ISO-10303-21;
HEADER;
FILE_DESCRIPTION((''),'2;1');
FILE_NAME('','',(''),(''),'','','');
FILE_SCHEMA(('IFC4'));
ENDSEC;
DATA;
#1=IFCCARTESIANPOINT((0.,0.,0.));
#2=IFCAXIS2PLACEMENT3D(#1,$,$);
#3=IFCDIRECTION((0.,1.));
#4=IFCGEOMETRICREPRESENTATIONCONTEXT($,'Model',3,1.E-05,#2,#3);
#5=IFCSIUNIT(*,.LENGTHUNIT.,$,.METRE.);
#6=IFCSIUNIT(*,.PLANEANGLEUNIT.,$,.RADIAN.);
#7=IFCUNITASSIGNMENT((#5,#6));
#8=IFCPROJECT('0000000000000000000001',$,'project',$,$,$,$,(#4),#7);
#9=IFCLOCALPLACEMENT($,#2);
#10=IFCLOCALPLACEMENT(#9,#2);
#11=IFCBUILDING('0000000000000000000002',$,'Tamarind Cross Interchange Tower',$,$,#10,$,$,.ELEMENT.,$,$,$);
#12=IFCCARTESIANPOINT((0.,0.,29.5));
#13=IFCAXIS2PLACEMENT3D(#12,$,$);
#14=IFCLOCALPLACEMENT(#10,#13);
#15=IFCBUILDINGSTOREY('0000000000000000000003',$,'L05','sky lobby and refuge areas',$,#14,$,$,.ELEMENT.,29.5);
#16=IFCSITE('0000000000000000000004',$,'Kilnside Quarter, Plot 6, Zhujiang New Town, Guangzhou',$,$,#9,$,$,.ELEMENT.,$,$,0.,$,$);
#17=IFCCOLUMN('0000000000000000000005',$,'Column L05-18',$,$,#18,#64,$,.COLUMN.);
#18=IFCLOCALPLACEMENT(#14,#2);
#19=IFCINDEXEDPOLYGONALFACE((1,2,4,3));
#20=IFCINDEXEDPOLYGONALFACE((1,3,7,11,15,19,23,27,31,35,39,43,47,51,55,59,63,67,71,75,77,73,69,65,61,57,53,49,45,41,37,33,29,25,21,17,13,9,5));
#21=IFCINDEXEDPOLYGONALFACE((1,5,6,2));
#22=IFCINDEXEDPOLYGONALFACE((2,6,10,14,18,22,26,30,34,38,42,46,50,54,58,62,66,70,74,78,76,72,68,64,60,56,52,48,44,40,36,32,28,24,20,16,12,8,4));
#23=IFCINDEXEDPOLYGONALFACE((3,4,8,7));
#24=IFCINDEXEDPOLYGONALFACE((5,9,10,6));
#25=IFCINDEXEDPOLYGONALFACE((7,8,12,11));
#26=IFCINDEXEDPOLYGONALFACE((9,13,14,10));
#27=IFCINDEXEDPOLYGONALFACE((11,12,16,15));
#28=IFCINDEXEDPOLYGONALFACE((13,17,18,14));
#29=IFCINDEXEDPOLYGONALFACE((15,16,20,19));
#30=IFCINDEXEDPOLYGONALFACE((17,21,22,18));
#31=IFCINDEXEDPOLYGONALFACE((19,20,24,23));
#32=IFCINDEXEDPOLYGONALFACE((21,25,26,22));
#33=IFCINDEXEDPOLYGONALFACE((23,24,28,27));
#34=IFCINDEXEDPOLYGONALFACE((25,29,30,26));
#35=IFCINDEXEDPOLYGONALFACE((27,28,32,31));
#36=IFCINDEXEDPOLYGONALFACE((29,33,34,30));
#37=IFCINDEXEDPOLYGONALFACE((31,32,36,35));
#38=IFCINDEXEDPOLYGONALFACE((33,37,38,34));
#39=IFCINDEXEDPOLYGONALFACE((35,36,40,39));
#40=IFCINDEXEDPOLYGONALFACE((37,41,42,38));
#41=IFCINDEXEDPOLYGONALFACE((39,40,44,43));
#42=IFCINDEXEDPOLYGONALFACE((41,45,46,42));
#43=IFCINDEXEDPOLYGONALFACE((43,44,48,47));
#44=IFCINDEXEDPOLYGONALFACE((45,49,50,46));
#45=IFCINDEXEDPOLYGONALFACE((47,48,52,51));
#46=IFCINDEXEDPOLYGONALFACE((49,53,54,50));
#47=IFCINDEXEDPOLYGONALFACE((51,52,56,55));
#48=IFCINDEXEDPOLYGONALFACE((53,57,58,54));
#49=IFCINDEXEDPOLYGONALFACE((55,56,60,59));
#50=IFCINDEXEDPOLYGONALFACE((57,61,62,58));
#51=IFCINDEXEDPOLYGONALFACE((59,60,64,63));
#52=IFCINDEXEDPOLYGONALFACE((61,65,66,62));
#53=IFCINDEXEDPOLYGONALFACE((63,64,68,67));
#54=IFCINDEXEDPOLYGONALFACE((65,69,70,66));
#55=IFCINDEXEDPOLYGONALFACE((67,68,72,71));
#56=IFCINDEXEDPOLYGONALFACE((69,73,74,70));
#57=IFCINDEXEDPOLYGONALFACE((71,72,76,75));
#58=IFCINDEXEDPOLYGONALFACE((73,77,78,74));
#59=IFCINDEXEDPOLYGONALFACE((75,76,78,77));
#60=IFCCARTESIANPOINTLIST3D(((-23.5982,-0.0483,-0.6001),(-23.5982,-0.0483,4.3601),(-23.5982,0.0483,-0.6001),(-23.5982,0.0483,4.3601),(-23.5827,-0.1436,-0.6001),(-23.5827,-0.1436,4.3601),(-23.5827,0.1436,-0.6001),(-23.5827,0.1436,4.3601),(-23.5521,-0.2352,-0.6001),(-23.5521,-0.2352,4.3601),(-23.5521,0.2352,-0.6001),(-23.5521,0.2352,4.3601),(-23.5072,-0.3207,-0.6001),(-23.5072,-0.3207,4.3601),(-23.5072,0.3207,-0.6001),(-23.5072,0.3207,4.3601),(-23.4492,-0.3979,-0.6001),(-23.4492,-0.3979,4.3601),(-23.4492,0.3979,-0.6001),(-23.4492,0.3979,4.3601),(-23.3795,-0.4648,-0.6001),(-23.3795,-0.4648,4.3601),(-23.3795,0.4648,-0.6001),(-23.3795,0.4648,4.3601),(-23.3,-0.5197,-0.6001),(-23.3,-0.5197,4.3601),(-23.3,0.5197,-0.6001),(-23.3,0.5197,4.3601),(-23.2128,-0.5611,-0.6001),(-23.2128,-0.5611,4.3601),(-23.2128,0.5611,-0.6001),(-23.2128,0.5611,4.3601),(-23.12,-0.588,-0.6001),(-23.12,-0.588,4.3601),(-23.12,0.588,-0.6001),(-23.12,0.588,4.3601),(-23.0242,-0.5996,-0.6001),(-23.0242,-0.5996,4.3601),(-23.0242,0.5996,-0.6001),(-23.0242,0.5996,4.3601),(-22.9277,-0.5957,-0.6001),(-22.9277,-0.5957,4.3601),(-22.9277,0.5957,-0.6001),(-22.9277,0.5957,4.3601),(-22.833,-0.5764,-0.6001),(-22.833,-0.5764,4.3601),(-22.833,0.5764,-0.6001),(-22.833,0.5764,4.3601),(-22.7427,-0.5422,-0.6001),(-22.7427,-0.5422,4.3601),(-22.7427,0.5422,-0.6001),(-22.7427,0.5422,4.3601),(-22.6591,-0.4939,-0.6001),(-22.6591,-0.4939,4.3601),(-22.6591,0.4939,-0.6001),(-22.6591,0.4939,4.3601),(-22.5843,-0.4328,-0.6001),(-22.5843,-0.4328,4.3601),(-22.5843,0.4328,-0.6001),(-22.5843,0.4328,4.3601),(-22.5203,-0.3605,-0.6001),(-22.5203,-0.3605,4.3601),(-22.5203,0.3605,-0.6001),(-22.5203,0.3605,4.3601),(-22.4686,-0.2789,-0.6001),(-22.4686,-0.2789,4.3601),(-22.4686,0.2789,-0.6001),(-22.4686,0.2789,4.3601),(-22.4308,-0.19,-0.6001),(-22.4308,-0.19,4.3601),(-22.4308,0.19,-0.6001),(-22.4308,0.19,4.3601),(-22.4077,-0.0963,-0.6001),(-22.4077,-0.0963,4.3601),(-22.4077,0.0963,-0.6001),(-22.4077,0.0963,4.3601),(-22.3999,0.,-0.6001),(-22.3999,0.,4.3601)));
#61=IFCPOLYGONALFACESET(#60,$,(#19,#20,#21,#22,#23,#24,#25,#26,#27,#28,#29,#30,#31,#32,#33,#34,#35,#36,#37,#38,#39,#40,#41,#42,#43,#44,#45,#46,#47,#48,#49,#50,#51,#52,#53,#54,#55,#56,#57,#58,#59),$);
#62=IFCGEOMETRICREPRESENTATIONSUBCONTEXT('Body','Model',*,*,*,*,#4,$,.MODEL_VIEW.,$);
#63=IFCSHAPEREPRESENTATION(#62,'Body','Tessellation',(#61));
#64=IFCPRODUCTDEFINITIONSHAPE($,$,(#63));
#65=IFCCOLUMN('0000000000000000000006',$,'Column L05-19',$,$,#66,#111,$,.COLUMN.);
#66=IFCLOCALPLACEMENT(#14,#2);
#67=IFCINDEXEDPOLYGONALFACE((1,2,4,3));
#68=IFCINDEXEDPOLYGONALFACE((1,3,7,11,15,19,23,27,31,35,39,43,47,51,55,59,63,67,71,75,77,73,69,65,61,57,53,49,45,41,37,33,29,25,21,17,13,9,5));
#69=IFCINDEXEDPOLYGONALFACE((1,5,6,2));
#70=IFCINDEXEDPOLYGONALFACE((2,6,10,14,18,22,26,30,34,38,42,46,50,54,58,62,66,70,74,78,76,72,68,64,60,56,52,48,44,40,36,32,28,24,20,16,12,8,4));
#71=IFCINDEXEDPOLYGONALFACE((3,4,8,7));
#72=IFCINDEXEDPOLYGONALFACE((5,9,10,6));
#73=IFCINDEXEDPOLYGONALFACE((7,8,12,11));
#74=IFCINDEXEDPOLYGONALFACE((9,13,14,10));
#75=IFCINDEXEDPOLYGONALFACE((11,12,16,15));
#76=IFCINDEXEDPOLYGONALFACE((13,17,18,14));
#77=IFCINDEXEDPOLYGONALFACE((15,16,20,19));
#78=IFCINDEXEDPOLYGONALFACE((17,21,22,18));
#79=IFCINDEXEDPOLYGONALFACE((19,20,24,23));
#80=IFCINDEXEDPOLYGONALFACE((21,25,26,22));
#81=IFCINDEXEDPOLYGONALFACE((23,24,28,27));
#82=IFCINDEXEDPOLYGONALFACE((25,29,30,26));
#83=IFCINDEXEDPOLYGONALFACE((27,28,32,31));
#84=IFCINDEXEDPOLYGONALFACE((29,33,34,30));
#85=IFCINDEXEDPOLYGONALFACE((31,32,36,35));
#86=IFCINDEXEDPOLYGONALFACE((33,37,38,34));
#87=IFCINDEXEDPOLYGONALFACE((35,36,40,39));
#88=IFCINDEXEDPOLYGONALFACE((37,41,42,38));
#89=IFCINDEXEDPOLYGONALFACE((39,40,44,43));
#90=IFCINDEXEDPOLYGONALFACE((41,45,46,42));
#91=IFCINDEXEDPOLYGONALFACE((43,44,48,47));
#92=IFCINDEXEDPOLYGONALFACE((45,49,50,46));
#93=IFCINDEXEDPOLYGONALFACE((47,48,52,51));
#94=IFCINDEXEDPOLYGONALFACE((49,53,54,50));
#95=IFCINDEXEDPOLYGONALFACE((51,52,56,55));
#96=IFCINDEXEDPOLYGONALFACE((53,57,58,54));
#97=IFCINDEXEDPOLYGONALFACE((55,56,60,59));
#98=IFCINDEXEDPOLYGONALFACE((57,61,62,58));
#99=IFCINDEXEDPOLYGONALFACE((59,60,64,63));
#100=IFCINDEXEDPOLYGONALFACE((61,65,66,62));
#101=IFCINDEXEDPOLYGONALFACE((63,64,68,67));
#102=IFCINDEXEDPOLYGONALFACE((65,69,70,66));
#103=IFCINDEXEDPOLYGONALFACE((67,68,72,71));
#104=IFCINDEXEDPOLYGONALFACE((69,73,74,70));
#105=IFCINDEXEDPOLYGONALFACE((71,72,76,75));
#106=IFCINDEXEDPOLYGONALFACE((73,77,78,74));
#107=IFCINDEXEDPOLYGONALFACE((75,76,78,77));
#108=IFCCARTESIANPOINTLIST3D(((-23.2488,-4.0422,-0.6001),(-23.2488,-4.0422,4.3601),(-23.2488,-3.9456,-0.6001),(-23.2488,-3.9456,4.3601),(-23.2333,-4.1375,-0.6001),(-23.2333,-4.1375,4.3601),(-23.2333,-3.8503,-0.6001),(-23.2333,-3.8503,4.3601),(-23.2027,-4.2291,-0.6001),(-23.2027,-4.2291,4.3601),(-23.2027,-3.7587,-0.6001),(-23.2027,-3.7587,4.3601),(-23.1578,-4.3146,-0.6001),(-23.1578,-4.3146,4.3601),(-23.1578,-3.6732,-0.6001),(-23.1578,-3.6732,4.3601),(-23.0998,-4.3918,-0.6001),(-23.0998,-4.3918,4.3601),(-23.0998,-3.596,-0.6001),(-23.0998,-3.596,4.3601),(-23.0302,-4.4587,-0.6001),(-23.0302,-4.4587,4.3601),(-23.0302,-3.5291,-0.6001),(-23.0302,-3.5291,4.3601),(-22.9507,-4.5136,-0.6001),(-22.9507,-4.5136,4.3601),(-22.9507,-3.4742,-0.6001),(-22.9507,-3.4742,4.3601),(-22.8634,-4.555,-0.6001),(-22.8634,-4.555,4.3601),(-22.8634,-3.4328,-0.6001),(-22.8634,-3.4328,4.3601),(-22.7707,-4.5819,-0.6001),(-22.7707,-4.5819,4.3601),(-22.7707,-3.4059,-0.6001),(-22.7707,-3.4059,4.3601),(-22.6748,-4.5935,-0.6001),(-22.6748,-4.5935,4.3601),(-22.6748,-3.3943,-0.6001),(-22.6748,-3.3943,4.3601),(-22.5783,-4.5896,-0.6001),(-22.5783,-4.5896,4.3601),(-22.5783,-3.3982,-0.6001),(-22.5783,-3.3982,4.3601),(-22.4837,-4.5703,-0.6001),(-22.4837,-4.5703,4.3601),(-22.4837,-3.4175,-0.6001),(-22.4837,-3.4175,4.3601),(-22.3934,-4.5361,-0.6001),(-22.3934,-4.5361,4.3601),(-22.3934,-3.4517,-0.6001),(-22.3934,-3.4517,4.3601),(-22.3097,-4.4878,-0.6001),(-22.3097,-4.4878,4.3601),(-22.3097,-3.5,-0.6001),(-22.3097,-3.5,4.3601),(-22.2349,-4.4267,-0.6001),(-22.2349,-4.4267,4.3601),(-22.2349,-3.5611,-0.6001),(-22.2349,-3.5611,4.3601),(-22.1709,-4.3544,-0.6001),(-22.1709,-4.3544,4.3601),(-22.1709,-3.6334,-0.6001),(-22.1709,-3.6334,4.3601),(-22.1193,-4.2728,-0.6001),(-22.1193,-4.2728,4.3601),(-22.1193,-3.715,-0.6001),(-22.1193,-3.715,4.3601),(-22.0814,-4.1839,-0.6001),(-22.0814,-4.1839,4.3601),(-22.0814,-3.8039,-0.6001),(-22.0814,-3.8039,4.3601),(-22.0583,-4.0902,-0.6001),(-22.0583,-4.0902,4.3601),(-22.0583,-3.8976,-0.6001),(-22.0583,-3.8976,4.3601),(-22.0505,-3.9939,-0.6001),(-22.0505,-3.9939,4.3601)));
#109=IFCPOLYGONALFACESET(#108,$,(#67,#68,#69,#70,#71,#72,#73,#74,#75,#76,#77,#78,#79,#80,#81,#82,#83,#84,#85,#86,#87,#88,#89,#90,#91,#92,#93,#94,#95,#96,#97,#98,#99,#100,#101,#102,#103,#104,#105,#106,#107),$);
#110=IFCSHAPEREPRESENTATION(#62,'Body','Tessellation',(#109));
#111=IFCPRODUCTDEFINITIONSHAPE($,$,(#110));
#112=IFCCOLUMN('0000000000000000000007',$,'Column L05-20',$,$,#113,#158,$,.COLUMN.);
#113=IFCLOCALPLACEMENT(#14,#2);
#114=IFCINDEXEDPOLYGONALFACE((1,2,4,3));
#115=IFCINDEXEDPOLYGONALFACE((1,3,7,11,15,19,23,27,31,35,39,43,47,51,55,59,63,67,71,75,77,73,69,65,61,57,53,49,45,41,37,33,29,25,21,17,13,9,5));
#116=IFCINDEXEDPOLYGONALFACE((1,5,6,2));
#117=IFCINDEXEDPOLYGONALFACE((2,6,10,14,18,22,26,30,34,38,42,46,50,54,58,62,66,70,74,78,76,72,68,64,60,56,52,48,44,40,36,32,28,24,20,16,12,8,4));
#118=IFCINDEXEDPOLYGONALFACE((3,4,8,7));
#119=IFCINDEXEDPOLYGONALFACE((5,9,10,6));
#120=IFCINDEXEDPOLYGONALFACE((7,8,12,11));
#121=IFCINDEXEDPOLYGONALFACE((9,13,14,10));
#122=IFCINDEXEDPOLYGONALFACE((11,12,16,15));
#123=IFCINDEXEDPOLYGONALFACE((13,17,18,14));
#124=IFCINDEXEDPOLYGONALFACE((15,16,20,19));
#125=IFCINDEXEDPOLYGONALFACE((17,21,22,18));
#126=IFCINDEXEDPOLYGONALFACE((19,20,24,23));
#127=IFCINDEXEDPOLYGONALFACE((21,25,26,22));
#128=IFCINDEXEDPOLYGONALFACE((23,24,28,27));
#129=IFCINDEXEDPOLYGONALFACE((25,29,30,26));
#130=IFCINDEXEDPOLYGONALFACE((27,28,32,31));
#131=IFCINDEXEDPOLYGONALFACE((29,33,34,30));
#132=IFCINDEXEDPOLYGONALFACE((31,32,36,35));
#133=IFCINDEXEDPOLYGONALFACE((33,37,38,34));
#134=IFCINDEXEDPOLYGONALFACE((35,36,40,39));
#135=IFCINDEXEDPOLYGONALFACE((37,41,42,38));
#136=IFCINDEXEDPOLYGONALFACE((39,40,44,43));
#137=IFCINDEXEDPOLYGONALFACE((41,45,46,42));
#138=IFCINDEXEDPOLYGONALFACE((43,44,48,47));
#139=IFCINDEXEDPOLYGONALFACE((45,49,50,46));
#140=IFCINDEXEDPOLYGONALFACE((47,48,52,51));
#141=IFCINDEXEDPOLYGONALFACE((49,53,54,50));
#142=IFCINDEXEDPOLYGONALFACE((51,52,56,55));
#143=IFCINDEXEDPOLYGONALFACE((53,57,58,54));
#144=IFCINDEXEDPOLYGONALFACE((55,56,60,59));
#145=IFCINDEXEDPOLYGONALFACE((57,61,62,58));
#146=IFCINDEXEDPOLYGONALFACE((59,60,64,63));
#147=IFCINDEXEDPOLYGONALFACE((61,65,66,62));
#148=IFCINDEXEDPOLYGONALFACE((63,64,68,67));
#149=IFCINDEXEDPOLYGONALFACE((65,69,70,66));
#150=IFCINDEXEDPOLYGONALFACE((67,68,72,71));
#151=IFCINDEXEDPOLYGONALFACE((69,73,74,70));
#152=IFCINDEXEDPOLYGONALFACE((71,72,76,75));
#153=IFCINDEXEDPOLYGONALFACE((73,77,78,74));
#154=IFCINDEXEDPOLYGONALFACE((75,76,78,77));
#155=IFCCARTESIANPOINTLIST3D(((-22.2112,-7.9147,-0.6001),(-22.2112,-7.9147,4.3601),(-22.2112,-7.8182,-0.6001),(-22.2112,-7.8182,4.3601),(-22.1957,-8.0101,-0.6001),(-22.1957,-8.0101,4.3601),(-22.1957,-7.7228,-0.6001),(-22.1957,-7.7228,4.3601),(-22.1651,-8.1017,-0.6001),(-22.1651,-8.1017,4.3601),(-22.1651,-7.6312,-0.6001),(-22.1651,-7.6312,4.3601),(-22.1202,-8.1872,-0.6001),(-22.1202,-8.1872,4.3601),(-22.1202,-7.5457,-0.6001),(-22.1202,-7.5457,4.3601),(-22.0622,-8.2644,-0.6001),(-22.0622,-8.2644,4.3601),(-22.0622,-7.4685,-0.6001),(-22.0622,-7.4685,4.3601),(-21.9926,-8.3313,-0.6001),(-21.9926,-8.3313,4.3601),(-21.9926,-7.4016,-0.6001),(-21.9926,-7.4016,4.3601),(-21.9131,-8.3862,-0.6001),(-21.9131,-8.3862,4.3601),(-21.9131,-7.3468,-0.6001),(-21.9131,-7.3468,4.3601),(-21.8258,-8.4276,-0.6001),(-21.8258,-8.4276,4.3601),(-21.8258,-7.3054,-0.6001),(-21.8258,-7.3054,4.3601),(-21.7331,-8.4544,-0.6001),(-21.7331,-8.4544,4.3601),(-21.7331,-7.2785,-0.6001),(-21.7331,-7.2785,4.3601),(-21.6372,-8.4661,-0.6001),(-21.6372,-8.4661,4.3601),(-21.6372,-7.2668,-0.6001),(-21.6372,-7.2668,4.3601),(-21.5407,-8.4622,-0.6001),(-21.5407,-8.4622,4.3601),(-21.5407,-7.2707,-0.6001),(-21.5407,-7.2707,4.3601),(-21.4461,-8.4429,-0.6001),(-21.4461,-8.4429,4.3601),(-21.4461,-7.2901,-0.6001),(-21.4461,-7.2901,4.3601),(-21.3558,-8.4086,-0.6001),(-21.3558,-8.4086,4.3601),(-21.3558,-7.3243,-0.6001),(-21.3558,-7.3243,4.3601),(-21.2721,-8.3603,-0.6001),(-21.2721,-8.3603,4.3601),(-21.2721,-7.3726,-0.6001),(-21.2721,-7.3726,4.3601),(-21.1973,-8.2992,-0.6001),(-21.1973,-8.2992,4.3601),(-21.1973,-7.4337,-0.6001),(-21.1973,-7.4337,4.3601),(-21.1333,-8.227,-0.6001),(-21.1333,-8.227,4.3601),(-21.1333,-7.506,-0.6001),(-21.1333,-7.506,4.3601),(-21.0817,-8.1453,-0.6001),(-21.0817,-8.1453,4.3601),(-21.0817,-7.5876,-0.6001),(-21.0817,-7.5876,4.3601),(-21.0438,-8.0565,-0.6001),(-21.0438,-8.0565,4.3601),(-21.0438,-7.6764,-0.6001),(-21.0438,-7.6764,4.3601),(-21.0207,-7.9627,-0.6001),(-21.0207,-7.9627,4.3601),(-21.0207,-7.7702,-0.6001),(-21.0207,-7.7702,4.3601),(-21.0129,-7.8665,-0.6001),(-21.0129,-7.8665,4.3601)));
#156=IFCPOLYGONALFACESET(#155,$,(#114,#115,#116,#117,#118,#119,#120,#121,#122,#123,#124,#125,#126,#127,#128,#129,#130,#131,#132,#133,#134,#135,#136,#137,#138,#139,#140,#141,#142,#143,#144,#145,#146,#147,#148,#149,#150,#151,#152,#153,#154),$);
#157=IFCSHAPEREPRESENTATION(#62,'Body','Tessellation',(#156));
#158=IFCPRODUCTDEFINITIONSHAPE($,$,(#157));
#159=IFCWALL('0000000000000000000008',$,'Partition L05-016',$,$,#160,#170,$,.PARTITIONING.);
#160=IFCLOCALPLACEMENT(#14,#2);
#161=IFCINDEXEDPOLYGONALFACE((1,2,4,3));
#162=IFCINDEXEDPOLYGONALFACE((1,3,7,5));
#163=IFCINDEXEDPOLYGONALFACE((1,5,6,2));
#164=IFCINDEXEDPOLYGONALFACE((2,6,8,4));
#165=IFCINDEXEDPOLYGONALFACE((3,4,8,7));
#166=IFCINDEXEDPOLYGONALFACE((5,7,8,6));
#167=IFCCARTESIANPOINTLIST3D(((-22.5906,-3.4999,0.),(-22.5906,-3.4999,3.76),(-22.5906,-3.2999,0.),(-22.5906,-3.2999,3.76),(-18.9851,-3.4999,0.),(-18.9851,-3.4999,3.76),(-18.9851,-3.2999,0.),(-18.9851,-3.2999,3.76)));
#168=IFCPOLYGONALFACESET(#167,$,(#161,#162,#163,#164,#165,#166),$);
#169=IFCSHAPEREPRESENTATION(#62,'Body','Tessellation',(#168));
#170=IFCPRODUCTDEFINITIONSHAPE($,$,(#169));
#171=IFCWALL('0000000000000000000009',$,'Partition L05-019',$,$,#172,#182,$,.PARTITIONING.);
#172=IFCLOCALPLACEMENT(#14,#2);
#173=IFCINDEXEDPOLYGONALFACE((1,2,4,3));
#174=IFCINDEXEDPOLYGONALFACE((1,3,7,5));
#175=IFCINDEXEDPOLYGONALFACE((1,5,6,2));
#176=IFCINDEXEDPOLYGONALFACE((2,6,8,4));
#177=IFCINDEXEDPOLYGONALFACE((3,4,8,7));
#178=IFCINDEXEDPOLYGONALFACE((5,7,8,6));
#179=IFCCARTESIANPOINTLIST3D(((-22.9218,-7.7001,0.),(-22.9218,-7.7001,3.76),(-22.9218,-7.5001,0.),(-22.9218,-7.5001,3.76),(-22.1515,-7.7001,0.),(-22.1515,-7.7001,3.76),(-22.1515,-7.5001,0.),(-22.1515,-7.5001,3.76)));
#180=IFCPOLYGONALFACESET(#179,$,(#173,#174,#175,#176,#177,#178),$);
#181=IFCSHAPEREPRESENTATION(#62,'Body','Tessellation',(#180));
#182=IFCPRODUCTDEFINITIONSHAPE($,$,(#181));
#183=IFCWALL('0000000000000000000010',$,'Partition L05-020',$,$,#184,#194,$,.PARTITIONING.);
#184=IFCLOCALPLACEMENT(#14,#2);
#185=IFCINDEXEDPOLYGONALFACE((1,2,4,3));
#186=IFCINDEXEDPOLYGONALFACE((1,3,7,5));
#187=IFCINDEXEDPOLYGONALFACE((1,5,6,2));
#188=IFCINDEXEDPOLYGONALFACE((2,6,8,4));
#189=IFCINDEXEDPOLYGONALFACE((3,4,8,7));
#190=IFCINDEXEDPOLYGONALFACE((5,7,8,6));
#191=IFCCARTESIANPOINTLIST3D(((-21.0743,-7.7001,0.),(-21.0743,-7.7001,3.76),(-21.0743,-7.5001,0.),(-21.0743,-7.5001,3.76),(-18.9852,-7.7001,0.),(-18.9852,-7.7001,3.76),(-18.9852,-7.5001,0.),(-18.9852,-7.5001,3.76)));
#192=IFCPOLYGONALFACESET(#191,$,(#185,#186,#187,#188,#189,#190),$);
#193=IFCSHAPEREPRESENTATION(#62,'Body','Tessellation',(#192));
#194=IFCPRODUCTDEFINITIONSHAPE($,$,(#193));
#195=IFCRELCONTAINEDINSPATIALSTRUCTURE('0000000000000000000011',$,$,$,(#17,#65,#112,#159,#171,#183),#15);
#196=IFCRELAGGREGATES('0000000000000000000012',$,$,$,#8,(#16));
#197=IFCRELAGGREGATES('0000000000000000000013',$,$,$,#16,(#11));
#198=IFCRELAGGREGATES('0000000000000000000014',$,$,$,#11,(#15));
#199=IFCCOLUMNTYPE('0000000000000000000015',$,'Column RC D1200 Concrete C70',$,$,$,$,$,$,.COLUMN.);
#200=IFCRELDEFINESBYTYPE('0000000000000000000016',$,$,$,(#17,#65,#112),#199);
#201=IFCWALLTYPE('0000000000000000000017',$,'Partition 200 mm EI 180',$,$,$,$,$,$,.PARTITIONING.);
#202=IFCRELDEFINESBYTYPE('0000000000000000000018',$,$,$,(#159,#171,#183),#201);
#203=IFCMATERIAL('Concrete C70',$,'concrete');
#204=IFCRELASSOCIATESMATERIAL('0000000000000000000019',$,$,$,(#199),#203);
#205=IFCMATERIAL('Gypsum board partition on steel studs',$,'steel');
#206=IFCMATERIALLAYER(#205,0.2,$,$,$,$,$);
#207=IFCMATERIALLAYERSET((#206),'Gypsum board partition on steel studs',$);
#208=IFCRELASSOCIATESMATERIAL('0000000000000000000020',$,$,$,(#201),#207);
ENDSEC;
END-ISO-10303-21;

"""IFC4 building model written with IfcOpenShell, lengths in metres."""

from ifc_helpers import new_model, si_unit, direction, frame, frame_2d, origin, origin_2d, place, context, subcontext, project, spatial, rectangle, circle, extrude, material, layer, layer_set, material_profile, profile_set, type_object, element, save


model = new_model("IFC4")

# Units and contexts
model_context = context("Model", 3, precision=1e-05, world=origin(), true_north=direction((0.0, 1.0)))
body_context = subcontext(model_context, "Body", "Model", "MODEL_VIEW")
ifc_project = project(units=[si_unit("LENGTHUNIT", "METRE"), si_unit("PLANEANGLEUNIT", "RADIAN")], contexts=[model_context])

# Site, building, storey
site_placement = place(None, origin())
site = spatial("IfcSite", under=ifc_project, at=site_placement, Name="Kilnside Quarter, Plot 6, Zhujiang New Town, Guangzhou", CompositionType="ELEMENT", RefElevation=0.0)
building_placement = place(site_placement, origin())
building = spatial("IfcBuilding", under=site, at=building_placement, Name="Tamarind Cross Interchange Tower", CompositionType="ELEMENT")
storey_placement = place(building_placement, frame((0.0, 0.0, 29.5)))
storey = spatial("IfcBuildingStorey", under=building, at=storey_placement, Name="L05", Description="sky lobby and refuge areas", CompositionType="ELEMENT", Elevation=29.5)

# Columns
ifc_material_1 = material(Name="Concrete C70", Category="concrete")
ifc_material_profile = material_profile(ifc_material_1, circle(Radius=0.6001, at=origin_2d()), Name="RC D1200")
ifc_profile_set = profile_set([ifc_material_profile], Name="Concrete C70")
column_type = type_object("IfcColumnType", Name="Column RC D1200 Concrete C70", PredefinedType="COLUMN", material=ifc_profile_set)
for number, where, z_axis, x_axis, name in (
    (1, (-23.0, 0.0, -0.6001), (0.0, 0.0, 1.0), (1.0, 0.0, 0.0), "Column L05-18"),
    (2, (-22.6506, -3.9939, -0.6001), (0.0, 0.0, 1.0), (1.0, 0.0, 0.0), "Column L05-19"),
    (3, (-21.613, -7.8665, -0.6001), (0.0, 0.0, 1.0), (1.0, 0.0, 0.0), "Column L05-20"),
):
    element("IfcColumn", number, at=place(storey_placement, frame(where, z_axis=z_axis, x_axis=x_axis)), inside=storey, type_object=column_type, Name=name, PredefinedType="COLUMN", context=body_context, shape_type="SweptSolid", body=[
        extrude(circle(Radius=0.6001, at=origin_2d()), origin(), (0.0, 0.0, 1.0), 4.9602),
    ])

# Walls
ifc_material_2 = material(Name="Gypsum board partition on steel studs", Category="steel")
ifc_layer_1 = layer(ifc_material_2, 0.2)
ifc_layer_set_1 = layer_set([ifc_layer_1], Name="Gypsum board partition on steel studs")
wall_type_1 = type_object("IfcWallType", Name="Partition 200 mm EI 180", PredefinedType="PARTITIONING", material=ifc_layer_set_1)
wall_1_placement = place(storey_placement, frame((-22.5906, -3.3999, 0.0), z_axis=(0.0, 0.0, 1.0), x_axis=(1.0, 0.0, 0.0)))
element("IfcWall", 4, at=wall_1_placement, inside=storey, type_object=wall_type_1, Name="Partition L05-016", PredefinedType="PARTITIONING", context=body_context, shape_type="SweptSolid", body=[
    extrude(rectangle(XDim=3.6055, YDim=0.2, at=frame_2d((1.8027, 0.0))), origin(), (0.0, 0.0, 1.0), 3.76),
])
wall_2_placement = place(storey_placement, frame((-22.9219, -7.6001, 0.0), z_axis=(0.0, 0.0, 1.0), x_axis=(1.0, 0.0, 0.0)))
element("IfcWall", 5, at=wall_2_placement, inside=storey, type_object=wall_type_1, Name="Partition L05-019", PredefinedType="PARTITIONING", context=body_context, shape_type="SweptSolid", body=[
    extrude(rectangle(XDim=0.7703, YDim=0.2, at=frame_2d((0.3853, 0.0))), origin(), (0.0, 0.0, 1.0), 3.76),
])
wall_3_placement = place(storey_placement, frame((-21.0742, -7.6001, 0.0), z_axis=(0.0, 0.0, 1.0), x_axis=(1.0, 0.0, 0.0)))
element("IfcWall", 6, at=wall_3_placement, inside=storey, type_object=wall_type_1, Name="Partition L05-020", PredefinedType="PARTITIONING", context=body_context, shape_type="SweptSolid", body=[
    extrude(rectangle(XDim=2.0891, YDim=0.2, at=frame_2d((1.0444, 0.0))), origin(), (0.0, 0.0, 1.0), 3.76),
])

save(model, "model.ifc")
